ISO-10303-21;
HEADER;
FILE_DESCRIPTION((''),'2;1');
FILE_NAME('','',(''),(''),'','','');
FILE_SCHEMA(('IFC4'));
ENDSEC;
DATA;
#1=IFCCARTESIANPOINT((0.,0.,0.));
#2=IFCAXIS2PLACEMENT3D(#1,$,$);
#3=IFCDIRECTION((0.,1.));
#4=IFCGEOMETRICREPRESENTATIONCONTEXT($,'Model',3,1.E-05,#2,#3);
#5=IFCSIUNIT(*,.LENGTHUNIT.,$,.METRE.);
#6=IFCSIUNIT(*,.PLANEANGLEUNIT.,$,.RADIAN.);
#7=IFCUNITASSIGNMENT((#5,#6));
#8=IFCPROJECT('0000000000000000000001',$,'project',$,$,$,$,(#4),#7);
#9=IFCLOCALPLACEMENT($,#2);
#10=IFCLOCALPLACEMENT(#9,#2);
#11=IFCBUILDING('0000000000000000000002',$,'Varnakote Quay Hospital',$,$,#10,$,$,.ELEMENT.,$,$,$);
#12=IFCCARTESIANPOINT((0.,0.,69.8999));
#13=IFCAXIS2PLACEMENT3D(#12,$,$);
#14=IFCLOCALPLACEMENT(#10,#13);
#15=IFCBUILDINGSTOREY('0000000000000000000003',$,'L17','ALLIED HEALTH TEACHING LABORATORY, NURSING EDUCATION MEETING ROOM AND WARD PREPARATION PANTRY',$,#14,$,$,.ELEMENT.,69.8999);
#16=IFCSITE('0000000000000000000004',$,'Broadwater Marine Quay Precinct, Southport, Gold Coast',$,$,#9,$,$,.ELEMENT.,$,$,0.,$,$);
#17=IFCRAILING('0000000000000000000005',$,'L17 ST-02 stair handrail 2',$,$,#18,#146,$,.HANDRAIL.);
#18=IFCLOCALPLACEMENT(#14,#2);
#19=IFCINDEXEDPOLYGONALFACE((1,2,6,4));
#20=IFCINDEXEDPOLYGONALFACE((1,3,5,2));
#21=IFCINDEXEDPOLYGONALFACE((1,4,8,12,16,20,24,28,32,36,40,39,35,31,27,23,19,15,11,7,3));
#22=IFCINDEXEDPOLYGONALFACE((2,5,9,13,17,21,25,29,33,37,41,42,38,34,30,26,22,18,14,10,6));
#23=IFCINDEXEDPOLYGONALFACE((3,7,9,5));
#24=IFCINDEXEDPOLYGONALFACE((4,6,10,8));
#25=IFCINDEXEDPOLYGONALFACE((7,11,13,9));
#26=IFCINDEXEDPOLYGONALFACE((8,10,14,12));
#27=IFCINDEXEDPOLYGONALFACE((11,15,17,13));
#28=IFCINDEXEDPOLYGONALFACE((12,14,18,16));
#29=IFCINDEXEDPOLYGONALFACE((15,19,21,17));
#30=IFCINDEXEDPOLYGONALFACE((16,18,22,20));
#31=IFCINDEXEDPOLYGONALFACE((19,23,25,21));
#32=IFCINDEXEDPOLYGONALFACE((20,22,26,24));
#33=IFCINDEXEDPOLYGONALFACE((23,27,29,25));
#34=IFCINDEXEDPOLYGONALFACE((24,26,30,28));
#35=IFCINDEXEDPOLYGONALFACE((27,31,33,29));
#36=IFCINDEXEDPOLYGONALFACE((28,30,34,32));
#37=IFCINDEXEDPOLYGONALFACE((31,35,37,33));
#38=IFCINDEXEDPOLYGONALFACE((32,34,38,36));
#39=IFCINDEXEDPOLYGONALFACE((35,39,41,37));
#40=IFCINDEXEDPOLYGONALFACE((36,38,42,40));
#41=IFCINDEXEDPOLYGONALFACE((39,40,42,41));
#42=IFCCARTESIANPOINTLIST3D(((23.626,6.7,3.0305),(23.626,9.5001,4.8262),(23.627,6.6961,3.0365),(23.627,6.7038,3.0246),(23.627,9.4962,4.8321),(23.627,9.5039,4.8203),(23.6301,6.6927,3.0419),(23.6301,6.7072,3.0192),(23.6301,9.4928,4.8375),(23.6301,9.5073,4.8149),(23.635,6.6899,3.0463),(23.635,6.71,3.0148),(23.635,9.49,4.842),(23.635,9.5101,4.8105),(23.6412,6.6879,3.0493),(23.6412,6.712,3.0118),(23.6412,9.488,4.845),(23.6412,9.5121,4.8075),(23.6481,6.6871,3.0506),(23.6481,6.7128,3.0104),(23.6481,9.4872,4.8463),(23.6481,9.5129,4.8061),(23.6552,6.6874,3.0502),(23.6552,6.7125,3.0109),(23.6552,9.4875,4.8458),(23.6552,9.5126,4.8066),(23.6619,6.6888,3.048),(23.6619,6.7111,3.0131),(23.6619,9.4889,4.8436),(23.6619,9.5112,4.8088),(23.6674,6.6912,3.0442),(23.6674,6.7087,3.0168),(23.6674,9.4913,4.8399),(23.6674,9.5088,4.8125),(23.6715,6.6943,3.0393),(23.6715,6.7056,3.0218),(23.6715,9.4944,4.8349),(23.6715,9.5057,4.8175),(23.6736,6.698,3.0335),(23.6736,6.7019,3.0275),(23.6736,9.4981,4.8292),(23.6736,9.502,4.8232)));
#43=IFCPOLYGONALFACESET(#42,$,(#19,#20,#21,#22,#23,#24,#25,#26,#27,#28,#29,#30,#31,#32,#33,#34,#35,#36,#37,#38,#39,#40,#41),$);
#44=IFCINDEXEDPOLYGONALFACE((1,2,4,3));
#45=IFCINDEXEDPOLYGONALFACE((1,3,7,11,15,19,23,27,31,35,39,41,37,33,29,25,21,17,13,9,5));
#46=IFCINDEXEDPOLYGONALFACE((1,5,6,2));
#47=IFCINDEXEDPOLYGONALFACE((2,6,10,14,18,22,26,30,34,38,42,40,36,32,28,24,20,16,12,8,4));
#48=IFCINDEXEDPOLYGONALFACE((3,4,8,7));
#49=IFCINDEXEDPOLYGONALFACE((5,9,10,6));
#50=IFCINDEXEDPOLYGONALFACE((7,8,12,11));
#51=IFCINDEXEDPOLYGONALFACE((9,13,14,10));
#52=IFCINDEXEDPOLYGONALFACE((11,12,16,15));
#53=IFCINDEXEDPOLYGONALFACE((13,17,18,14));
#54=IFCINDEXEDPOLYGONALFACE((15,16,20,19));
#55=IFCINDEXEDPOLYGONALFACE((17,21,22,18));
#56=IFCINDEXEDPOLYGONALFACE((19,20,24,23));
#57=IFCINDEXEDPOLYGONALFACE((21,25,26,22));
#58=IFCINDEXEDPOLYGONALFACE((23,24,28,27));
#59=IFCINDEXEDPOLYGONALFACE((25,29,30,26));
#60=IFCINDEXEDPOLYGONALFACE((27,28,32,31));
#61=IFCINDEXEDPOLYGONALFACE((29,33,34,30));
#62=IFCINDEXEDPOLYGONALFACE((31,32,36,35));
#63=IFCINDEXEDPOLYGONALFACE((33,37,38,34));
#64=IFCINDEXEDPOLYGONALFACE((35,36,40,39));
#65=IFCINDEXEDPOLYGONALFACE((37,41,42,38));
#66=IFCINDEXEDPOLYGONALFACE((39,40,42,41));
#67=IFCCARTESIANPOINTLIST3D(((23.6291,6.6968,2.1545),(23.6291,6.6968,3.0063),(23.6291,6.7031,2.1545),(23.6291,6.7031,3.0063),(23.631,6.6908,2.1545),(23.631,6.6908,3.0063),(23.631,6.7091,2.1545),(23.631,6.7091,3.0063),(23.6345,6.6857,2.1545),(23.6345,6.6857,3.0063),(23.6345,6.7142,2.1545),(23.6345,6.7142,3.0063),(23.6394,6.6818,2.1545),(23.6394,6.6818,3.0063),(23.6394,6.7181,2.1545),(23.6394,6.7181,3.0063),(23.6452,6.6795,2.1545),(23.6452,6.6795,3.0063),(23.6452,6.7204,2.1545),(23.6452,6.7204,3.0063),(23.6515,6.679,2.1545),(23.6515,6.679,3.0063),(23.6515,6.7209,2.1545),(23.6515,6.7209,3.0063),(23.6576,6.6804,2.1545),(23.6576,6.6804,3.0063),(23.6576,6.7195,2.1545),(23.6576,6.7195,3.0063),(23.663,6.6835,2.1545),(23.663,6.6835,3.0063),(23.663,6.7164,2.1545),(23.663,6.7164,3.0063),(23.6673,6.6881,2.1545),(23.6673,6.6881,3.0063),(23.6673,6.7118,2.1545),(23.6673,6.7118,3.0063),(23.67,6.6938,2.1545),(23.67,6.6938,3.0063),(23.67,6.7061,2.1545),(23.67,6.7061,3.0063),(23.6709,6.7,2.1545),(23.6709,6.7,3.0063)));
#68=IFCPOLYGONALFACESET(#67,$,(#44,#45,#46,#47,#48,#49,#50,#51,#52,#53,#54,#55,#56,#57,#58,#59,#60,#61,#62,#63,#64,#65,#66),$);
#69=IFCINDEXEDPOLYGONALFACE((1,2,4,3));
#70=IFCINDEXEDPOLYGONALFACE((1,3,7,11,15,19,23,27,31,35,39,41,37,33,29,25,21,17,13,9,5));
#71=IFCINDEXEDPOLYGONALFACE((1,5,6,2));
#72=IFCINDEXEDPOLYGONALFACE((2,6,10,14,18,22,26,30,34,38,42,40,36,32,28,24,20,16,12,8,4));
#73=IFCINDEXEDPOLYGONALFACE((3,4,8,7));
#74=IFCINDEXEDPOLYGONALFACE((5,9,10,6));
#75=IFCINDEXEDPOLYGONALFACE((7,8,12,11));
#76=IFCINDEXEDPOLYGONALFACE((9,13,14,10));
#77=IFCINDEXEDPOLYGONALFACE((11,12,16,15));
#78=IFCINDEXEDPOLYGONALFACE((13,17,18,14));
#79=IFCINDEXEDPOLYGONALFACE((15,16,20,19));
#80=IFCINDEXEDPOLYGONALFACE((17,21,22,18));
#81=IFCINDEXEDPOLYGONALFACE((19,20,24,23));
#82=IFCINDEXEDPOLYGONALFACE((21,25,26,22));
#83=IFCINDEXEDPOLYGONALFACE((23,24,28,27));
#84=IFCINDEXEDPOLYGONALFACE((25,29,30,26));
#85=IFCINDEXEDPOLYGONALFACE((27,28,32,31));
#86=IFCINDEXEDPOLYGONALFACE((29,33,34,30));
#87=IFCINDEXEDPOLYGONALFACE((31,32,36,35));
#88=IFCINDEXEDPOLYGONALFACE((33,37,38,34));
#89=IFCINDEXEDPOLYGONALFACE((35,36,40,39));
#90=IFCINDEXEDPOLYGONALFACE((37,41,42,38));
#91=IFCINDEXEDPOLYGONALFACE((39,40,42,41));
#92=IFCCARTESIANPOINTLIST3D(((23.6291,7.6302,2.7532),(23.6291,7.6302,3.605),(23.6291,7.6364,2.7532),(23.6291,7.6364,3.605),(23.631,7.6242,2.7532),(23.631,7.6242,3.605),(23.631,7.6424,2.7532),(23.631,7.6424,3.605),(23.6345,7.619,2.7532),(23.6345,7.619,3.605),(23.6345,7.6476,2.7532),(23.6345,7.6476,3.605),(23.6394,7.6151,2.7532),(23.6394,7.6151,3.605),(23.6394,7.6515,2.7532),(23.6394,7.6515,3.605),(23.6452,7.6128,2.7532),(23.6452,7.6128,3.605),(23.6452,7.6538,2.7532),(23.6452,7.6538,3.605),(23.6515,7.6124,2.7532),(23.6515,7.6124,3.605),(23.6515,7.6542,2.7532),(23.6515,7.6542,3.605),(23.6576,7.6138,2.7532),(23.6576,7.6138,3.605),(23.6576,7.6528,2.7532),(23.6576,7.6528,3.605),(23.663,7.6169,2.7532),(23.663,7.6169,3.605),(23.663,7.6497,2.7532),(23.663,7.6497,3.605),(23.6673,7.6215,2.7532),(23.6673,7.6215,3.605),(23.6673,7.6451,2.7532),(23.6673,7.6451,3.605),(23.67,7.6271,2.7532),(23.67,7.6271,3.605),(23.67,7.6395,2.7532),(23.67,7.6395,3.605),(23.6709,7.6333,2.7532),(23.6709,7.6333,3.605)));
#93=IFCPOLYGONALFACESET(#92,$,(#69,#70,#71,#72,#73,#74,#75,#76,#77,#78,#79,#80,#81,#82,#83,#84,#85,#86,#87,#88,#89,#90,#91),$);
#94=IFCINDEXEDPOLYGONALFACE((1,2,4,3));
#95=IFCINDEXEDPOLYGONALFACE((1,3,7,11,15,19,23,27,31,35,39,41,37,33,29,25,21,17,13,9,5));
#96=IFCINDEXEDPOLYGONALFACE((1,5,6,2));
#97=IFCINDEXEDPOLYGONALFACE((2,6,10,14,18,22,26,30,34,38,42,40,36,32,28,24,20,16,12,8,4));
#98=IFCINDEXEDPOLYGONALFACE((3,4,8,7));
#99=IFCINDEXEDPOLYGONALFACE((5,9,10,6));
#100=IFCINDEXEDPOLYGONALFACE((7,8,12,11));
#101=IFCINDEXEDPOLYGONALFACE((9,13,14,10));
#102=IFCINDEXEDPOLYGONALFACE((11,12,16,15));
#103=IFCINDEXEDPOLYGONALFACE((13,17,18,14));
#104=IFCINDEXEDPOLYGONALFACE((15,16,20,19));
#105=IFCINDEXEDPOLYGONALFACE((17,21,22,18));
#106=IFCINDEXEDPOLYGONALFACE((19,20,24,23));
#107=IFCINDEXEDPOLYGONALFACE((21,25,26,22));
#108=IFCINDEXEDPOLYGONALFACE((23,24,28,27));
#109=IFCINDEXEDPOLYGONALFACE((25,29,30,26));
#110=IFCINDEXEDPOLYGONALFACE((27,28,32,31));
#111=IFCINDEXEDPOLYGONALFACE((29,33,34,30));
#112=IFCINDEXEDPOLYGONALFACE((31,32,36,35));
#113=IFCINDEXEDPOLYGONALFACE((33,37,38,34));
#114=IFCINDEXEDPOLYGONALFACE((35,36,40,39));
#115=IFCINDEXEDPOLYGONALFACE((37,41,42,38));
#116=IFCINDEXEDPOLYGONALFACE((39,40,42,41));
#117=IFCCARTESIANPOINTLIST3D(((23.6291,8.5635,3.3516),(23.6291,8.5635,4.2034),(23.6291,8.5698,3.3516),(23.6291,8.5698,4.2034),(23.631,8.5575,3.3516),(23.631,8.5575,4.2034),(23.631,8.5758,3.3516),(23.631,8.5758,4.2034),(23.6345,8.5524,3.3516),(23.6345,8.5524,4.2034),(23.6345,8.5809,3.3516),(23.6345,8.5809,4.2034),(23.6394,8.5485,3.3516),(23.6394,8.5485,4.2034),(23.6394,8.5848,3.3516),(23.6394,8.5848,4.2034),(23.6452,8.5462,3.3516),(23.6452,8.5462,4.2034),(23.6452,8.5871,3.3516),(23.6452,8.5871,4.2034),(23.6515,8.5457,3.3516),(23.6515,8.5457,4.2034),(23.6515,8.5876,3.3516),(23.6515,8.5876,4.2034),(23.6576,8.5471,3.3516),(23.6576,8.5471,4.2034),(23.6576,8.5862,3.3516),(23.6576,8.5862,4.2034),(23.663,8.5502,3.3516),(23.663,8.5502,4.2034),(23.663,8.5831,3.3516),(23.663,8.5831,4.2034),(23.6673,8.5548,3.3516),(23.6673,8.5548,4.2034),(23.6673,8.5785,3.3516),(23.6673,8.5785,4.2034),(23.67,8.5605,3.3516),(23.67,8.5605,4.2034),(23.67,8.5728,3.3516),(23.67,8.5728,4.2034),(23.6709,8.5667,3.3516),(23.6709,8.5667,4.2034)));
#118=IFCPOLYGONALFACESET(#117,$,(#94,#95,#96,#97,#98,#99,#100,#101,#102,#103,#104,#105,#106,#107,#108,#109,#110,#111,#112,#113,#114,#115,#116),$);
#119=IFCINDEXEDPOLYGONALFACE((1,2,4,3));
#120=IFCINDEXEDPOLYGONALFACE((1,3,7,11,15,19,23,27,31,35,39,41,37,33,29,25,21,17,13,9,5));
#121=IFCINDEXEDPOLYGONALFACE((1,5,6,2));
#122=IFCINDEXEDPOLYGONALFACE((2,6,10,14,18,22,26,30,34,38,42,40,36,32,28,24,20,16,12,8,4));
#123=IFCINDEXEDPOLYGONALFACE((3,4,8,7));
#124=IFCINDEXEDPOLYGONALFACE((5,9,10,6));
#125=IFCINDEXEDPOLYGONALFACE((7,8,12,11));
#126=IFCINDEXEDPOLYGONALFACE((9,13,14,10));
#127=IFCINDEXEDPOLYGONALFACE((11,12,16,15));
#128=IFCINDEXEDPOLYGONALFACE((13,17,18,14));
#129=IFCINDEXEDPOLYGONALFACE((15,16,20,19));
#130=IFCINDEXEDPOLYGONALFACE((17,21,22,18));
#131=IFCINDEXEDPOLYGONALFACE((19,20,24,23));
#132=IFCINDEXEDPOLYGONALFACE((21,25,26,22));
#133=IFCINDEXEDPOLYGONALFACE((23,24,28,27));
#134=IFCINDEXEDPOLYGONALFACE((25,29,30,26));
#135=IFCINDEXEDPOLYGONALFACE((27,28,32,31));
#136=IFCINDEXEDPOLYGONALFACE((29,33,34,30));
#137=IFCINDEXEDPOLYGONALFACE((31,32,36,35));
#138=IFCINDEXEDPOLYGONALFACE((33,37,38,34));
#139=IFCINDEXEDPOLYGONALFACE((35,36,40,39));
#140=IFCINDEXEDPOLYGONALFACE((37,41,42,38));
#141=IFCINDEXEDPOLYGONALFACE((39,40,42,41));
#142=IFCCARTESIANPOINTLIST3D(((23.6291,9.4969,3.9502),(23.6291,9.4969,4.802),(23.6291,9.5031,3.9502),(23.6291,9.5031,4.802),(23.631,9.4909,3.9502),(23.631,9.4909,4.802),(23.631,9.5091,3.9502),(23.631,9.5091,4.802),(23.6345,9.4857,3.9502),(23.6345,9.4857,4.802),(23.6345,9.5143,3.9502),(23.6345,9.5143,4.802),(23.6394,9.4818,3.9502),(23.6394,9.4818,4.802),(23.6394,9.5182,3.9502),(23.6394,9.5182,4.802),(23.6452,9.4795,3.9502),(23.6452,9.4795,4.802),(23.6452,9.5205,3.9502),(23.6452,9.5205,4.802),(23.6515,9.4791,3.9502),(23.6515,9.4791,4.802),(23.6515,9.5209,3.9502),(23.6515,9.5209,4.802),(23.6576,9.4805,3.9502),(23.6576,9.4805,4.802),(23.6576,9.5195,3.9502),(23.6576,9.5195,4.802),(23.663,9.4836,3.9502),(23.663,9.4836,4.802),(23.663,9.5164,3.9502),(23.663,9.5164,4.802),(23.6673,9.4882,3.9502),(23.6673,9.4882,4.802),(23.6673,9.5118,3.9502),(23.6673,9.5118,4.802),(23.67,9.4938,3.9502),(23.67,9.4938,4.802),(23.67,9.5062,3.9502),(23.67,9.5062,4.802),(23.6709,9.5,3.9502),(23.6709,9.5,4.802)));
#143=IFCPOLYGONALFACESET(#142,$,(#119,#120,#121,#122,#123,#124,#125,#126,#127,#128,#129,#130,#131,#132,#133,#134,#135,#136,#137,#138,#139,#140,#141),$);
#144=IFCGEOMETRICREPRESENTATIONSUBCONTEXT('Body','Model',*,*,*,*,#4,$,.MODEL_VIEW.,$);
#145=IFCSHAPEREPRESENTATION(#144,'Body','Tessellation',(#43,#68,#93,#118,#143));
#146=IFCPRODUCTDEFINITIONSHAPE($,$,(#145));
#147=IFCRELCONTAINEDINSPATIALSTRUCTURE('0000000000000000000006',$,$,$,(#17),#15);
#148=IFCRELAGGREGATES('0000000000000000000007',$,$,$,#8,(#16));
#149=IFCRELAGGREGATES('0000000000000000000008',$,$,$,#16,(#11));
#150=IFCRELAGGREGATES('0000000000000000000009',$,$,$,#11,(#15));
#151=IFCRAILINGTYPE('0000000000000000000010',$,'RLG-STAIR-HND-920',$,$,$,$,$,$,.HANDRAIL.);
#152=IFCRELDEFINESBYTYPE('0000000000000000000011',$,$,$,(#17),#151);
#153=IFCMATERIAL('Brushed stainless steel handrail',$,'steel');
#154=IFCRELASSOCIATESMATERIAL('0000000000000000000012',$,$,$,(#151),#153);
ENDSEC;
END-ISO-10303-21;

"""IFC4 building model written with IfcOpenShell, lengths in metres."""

from ifc_helpers import new_model, si_unit, direction, frame, origin, origin_2d, place, context, subcontext, project, spatial, circle, extrude, material, type_object, element, save


model = new_model("IFC4")

# Units and contexts
model_context = context("Model", 3, precision=1e-05, world=origin(), true_north=direction((0.0, 1.0)))
body_context = subcontext(model_context, "Body", "Model", "MODEL_VIEW")
ifc_project = project(units=[si_unit("LENGTHUNIT", "METRE"), si_unit("PLANEANGLEUNIT", "RADIAN")], contexts=[model_context])

# Site, building, storey
site_placement = place(None, origin())
site = spatial("IfcSite", under=ifc_project, at=site_placement, Name="Broadwater Marine Quay Precinct, Southport, Gold Coast", CompositionType="ELEMENT", RefElevation=0.0)
building_placement = place(site_placement, origin())
building = spatial("IfcBuilding", under=site, at=building_placement, Name="Varnakote Quay Hospital", CompositionType="ELEMENT")
storey_placement = place(building_placement, frame((0.0, 0.0, 69.8999)))
storey = spatial("IfcBuildingStorey", under=building, at=storey_placement, Name="L17", Description="ALLIED HEALTH TEACHING LABORATORY, NURSING EDUCATION MEETING ROOM AND WARD PREPARATION PANTRY", CompositionType="ELEMENT", Elevation=69.8999)

# Railing
ifc_material_1 = material(Name="Brushed stainless steel handrail", Category="steel")
railing_type_1 = type_object("IfcRailingType", Name="RLG-STAIR-HND-920", PredefinedType="HANDRAIL", material=ifc_material_1)
railing_1_placement = place(storey_placement, frame((23.6499, 6.7, 2.1545)))
element("IfcRailing", 1, at=railing_1_placement, inside=storey, type_object=railing_type_1, Name="L17 ST-02 stair handrail 2", PredefinedType="HANDRAIL", context=body_context, shape_type="SweptSolid", body=[
    extrude(circle(Radius=0.0239, at=origin_2d()), frame((0.0, 0.0, 0.876), z_axis=(0.0, 0.841777, 0.539826), x_axis=(-1.0, 0.0, 0.0)), (0.0, 0.0, 1.0), 3.3264),
    extrude(circle(Radius=0.021, at=origin_2d()), origin(), (0.0, 0.0, 1.0), 0.8518),
    extrude(circle(Radius=0.021, at=origin_2d()), frame((0.0, 0.9333, 0.5986)), (0.0, 0.0, 1.0), 0.8518),
    extrude(circle(Radius=0.021, at=origin_2d()), frame((0.0, 1.8667, 1.197)), (0.0, 0.0, 1.0), 0.8518),
    extrude(circle(Radius=0.021, at=origin_2d()), frame((0.0, 2.8, 1.7957)), (0.0, 0.0, 1.0), 0.8518),
])

save(model, "model.ifc")
